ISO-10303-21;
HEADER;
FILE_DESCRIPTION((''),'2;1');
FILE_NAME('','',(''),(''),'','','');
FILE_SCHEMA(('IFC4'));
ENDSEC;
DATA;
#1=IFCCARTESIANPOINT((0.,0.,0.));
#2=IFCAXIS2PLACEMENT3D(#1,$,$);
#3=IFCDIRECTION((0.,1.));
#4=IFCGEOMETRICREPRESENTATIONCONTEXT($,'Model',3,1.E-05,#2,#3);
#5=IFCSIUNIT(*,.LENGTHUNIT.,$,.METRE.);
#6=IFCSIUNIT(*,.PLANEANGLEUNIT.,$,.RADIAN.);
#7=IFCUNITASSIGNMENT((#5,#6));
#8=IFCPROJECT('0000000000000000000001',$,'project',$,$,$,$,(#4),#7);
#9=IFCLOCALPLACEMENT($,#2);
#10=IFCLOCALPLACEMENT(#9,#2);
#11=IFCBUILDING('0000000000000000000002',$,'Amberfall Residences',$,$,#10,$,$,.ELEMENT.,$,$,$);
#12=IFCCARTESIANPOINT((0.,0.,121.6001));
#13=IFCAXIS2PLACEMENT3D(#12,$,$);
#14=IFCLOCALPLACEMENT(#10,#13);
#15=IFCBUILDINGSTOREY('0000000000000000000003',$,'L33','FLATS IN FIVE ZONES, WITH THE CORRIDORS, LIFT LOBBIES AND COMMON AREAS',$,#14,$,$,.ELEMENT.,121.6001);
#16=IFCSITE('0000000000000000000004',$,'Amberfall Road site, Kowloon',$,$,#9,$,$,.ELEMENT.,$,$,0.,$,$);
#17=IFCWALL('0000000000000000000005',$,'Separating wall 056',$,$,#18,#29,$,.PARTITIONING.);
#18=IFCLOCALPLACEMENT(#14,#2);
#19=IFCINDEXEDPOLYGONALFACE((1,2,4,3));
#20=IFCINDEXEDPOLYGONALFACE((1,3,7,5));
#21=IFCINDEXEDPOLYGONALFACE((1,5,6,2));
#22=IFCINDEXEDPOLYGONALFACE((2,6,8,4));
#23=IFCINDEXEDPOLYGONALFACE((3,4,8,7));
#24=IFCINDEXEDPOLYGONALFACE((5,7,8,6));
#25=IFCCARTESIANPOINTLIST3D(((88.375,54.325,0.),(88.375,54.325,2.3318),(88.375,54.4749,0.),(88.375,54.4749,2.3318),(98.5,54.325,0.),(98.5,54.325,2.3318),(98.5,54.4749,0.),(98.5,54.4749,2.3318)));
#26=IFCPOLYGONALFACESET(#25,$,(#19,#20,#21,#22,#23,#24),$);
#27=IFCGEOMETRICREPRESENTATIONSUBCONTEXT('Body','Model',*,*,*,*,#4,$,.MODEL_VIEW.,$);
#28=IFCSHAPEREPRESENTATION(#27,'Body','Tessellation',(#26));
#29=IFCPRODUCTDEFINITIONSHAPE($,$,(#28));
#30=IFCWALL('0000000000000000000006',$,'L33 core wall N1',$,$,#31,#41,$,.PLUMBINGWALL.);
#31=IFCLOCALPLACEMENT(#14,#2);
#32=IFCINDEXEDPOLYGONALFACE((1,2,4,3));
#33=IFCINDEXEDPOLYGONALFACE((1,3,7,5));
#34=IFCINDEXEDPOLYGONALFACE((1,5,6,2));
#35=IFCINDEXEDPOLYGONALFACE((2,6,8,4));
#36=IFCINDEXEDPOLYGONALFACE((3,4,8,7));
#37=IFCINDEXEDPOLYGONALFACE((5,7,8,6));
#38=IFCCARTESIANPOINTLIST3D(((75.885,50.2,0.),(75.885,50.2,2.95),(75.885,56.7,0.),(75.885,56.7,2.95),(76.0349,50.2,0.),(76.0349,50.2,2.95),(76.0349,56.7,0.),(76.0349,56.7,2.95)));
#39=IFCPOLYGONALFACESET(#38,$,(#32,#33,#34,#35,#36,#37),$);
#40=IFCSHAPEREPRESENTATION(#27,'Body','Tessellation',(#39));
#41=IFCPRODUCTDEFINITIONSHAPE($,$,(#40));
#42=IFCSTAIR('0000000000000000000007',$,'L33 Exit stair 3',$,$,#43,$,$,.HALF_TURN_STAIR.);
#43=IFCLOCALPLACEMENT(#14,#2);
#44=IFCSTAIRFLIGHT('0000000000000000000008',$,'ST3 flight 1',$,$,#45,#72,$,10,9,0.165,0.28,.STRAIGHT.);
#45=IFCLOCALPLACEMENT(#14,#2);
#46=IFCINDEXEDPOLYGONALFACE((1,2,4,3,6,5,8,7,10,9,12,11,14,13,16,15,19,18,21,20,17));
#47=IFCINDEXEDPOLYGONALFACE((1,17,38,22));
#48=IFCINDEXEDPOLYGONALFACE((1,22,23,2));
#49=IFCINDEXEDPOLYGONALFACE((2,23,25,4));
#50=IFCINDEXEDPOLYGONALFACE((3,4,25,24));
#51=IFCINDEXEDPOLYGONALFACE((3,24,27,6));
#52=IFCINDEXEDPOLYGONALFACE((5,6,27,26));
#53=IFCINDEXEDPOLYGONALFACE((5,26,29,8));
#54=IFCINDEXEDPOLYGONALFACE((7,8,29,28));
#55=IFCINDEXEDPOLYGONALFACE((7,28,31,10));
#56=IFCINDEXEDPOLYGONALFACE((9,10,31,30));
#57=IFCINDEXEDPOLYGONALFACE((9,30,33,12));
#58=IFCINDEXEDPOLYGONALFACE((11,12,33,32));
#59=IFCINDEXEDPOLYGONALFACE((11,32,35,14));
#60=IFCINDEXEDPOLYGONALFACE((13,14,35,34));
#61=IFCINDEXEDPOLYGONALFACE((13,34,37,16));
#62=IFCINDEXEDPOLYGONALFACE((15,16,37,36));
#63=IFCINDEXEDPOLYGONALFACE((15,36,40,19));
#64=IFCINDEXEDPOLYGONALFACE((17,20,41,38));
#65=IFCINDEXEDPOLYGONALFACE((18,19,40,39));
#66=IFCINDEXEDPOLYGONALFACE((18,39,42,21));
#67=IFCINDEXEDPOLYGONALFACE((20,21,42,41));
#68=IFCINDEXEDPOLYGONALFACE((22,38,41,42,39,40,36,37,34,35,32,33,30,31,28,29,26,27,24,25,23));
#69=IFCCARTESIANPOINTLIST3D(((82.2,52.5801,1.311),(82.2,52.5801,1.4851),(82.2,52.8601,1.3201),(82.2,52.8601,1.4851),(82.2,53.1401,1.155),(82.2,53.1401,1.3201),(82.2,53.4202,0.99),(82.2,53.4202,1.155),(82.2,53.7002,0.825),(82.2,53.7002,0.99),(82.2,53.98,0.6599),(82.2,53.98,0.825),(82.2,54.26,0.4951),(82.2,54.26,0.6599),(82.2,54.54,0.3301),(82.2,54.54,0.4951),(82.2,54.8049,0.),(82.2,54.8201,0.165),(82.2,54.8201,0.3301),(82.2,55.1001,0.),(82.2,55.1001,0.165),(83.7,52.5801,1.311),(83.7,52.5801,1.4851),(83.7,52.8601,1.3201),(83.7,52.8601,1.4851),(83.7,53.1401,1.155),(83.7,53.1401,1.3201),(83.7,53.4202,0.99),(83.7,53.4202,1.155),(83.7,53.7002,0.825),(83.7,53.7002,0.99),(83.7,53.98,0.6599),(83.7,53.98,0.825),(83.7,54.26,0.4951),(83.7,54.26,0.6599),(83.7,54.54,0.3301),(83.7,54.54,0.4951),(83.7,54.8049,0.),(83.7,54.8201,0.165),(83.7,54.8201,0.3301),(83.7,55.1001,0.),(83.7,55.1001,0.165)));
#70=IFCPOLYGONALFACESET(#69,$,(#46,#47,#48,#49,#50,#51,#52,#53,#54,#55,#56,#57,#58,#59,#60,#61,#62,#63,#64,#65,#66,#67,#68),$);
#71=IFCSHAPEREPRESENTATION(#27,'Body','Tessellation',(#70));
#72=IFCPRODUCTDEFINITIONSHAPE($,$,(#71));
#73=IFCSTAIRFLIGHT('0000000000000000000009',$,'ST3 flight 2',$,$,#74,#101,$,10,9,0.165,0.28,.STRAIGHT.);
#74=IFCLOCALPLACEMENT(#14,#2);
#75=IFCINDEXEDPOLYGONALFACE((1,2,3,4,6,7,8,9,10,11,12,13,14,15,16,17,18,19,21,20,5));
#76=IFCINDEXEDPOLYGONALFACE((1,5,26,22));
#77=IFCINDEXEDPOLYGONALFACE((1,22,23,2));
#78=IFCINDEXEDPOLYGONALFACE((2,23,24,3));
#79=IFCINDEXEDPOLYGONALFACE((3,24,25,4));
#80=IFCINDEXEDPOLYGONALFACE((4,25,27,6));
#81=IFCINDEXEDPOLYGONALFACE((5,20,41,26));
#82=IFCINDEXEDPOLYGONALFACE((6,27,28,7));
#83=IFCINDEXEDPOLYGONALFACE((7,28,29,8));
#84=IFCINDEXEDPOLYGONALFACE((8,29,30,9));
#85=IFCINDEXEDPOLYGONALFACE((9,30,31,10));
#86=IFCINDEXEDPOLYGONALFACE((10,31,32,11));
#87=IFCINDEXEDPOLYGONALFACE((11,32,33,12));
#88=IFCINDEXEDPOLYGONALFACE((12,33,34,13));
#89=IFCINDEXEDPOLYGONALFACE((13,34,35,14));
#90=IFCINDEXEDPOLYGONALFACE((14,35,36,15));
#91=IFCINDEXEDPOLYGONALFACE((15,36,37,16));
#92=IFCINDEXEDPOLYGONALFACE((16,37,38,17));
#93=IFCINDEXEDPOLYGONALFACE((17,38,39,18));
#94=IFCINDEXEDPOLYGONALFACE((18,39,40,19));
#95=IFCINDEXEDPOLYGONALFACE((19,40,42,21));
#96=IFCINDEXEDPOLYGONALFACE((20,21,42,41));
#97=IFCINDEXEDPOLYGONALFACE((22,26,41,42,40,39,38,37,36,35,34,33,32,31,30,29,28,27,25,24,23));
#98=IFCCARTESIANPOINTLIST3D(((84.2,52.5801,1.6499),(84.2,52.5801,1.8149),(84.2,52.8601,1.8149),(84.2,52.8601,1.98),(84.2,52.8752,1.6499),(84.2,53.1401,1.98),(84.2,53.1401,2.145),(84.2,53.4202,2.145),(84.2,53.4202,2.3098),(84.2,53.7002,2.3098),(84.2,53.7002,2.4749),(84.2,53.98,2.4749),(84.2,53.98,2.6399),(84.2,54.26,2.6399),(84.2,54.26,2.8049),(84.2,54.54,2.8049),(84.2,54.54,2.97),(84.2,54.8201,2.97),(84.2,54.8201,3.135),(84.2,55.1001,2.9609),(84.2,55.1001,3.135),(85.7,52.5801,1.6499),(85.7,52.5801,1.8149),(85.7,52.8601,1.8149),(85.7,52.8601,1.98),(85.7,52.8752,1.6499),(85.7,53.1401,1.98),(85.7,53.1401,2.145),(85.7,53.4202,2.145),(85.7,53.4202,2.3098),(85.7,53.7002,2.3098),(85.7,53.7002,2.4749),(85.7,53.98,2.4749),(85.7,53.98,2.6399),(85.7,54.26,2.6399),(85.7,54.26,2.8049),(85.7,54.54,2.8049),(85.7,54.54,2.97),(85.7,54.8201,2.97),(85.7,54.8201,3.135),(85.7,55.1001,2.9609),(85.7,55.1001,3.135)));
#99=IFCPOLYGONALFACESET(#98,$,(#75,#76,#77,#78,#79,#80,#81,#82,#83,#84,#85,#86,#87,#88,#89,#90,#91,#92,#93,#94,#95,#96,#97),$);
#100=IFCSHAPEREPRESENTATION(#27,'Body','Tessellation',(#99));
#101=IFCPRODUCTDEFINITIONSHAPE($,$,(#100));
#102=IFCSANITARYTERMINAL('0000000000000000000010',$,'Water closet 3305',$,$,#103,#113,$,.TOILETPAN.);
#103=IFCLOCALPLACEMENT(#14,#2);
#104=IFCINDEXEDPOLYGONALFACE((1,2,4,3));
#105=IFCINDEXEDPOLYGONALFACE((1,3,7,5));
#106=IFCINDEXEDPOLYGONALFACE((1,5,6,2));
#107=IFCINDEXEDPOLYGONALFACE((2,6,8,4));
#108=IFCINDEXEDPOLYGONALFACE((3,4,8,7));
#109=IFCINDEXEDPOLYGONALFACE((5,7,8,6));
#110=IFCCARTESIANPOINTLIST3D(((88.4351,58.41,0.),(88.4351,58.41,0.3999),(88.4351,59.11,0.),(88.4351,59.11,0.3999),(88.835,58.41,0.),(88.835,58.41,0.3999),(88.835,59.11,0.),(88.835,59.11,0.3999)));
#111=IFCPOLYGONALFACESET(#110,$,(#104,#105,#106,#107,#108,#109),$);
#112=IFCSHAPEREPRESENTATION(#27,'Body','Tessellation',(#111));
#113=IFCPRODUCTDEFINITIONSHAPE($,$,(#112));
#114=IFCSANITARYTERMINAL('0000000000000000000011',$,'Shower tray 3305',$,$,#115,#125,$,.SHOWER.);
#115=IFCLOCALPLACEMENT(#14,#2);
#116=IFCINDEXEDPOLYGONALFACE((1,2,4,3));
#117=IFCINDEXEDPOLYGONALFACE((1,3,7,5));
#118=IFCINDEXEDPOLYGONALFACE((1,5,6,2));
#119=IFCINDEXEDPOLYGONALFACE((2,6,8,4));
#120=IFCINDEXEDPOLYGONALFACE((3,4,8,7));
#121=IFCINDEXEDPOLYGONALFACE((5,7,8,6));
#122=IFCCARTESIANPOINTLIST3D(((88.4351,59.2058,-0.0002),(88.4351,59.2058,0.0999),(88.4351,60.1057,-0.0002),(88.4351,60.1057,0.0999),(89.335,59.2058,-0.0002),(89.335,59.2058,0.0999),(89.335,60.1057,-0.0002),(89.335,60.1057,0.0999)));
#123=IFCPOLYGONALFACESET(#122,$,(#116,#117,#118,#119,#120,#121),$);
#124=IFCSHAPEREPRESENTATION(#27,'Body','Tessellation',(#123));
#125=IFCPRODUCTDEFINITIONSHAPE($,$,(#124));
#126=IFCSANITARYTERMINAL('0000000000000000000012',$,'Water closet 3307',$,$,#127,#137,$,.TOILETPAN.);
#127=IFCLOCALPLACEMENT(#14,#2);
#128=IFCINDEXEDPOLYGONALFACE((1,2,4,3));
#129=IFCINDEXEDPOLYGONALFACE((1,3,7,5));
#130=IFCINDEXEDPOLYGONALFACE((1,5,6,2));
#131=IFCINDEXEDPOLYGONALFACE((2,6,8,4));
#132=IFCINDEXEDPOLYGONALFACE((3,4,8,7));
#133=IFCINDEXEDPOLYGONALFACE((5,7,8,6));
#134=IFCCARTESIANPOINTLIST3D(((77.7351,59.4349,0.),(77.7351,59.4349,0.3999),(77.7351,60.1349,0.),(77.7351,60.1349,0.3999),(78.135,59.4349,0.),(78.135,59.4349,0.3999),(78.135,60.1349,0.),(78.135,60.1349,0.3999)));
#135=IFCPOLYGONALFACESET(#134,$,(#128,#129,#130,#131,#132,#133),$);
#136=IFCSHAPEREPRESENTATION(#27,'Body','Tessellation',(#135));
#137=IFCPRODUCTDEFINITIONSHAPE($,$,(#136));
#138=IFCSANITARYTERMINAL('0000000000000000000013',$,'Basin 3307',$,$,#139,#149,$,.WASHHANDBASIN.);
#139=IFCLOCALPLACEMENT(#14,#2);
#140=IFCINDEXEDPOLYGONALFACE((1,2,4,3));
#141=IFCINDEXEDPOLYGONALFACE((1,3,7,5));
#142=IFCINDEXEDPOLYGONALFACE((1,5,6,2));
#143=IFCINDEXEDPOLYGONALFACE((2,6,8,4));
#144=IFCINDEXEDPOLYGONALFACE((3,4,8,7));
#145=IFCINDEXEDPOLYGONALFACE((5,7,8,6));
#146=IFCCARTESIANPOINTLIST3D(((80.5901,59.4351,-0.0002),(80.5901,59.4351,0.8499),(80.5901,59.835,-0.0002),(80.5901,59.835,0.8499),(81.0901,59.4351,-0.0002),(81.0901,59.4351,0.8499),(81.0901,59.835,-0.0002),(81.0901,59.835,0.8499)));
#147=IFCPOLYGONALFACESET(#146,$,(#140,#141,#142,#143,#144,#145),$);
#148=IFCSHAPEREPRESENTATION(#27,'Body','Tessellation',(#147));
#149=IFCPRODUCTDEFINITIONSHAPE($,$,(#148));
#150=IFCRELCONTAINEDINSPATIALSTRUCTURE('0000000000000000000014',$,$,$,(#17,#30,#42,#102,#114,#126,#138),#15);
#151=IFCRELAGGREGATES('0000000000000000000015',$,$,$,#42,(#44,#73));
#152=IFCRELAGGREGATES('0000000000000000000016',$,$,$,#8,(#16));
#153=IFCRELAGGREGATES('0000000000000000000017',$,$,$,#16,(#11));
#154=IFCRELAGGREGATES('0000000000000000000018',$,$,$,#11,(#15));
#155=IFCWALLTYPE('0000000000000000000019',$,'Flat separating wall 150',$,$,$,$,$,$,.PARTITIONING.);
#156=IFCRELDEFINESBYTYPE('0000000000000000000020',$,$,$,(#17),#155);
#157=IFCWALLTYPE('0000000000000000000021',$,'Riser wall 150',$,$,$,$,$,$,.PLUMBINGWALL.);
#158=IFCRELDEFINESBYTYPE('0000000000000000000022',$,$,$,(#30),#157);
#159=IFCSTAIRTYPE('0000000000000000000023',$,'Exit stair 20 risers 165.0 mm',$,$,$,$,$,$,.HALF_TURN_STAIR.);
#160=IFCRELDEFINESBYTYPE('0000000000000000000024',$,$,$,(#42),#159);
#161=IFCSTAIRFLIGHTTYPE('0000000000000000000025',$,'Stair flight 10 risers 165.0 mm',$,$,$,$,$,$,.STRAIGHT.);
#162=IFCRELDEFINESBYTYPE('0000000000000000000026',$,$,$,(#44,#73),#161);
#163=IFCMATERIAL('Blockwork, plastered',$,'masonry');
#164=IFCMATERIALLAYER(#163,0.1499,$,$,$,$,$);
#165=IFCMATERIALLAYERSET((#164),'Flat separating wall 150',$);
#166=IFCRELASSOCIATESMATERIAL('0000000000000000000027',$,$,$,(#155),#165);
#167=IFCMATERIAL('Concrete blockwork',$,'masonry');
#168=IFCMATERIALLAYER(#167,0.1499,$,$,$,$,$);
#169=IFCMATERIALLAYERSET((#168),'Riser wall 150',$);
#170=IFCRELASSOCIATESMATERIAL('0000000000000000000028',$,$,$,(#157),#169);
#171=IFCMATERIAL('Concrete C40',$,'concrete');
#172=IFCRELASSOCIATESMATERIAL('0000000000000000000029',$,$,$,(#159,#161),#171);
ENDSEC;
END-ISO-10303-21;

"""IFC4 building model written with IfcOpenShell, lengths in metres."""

from ifc_helpers import new_model, si_unit, direction, frame, frame_2d, origin, origin_2d, place, context, subcontext, project, spatial, polyline, rectangle, outline, extrude, material, layer, layer_set, type_object, element, aggregate, save


model = new_model("IFC4")

# Units and contexts
model_context = context("Model", 3, precision=1e-05, world=origin(), true_north=direction((0.0, 1.0)))
body_context = subcontext(model_context, "Body", "Model", "MODEL_VIEW")
ifc_project = project(units=[si_unit("LENGTHUNIT", "METRE"), si_unit("PLANEANGLEUNIT", "RADIAN")], contexts=[model_context])

# Site, building, storey
site_placement = place(None, origin())
site = spatial("IfcSite", under=ifc_project, at=site_placement, Name="Amberfall Road site, Kowloon", CompositionType="ELEMENT", RefElevation=0.0)
building_placement = place(site_placement, origin())
building = spatial("IfcBuilding", under=site, at=building_placement, Name="Amberfall Residences", CompositionType="ELEMENT")
storey_placement = place(building_placement, frame((0.0, 0.0, 121.6001)))
storey = spatial("IfcBuildingStorey", under=building, at=storey_placement, Name="L33", Description="FLATS IN FIVE ZONES, WITH THE CORRIDORS, LIFT LOBBIES AND COMMON AREAS", CompositionType="ELEMENT", Elevation=121.6001)

# Walls
ifc_material_1 = material(Name="Blockwork, plastered", Category="masonry")
ifc_layer_1 = layer(ifc_material_1, 0.1499)
ifc_layer_set_1 = layer_set([ifc_layer_1], Name="Flat separating wall 150")
wall_type_1 = type_object("IfcWallType", Name="Flat separating wall 150", PredefinedType="PARTITIONING", material=ifc_layer_set_1)
wall_1_placement = place(storey_placement, frame((88.375, 54.3999, 0.0), z_axis=(0.0, 0.0, 1.0), x_axis=(1.0, 0.0, 0.0)))
element("IfcWall", 1, at=wall_1_placement, inside=storey, type_object=wall_type_1, Name="Separating wall 056", PredefinedType="PARTITIONING", context=body_context, shape_type="SweptSolid", body=[
    extrude(rectangle(XDim=10.125, YDim=0.1499, at=frame_2d((5.0625, 0.0))), origin(), (0.0, 0.0, 1.0), 2.3318),
])
ifc_material_2 = material(Name="Concrete blockwork", Category="masonry")
ifc_layer_2 = layer(ifc_material_2, 0.1499)
ifc_layer_set_2 = layer_set([ifc_layer_2], Name="Riser wall 150")
wall_type_2 = type_object("IfcWallType", Name="Riser wall 150", PredefinedType="PLUMBINGWALL", material=ifc_layer_set_2)
wall_2_placement = place(storey_placement, frame((75.96, 50.2, 0.0), z_axis=(0.0, 0.0, 1.0), x_axis=(0.0, 1.0, 0.0)))
element("IfcWall", 2, at=wall_2_placement, inside=storey, type_object=wall_type_2, Name="L33 core wall N1", PredefinedType="PLUMBINGWALL", context=body_context, shape_type="SweptSolid", body=[
    extrude(rectangle(XDim=6.5, YDim=0.1499, at=frame_2d((3.25, 0.0))), origin(), (0.0, 0.0, 1.0), 2.95),
])

# Stair, stair flights
ifc_material_3 = material(Name="Concrete C40", Category="concrete")
stair_type = type_object("IfcStairType", Name="Exit stair 20 risers 165.0 mm", PredefinedType="HALF_TURN_STAIR", material=ifc_material_3)
stair_placement = place(storey_placement, origin())
stair = element("IfcStair", 3, at=stair_placement, inside=storey, type_object=stair_type, Name="L33 Exit stair 3", PredefinedType="HALF_TURN_STAIR")
stair_flight_type = type_object("IfcStairFlightType", Name="Stair flight 10 risers 165.0 mm", PredefinedType="STRAIGHT", material=ifc_material_3)
stair_flight_1_placement = place(storey_placement, frame((82.95, 55.1001, 0.0), z_axis=(0.0, 0.0, 1.0), x_axis=(0.0, -1.0, 0.0)))
stair_flight_1 = element("IfcStairFlight", 4, at=stair_flight_1_placement, type_object=stair_flight_type, Name="ST3 flight 1", NumberOfRisers=10, NumberOfTreads=9, PredefinedType="STRAIGHT", RiserHeight=0.165, TreadLength=0.28, context=body_context, shape_type="SweptSolid", body=[
    extrude(outline(polyline([(0.0, 0.0), (0.0, 0.165), (0.28, 0.165), (0.28, 0.3301), (0.5601, 0.3301), (0.5601, 0.4951), (0.8401, 0.4951), (0.8401, 0.6599), (1.1201, 0.6599), (1.1201, 0.825), (1.3999, 0.825), (1.3999, 0.99), (1.6799, 0.99), (1.6799, 1.155), (1.96, 1.155), (1.96, 1.3201), (2.24, 1.3201), (2.24, 1.4851), (2.52, 1.4851), (2.52, 1.6499), (2.52, 1.311), (0.2952, 0.0), (0.0, 0.0)])), frame((0.0, 0.75, 0.0), z_axis=(0.0, -1.0, 0.0), x_axis=(1.0, 0.0, 0.0)), (0.0, 0.0, 1.0), 1.5),
])
stair_flight_2_placement = place(storey_placement, frame((84.95, 52.5801, 1.6499), z_axis=(0.0, 0.0, 1.0), x_axis=(0.0, 1.0, 0.0)))
stair_flight_2 = element("IfcStairFlight", 5, at=stair_flight_2_placement, type_object=stair_flight_type, Name="ST3 flight 2", NumberOfRisers=10, NumberOfTreads=9, PredefinedType="STRAIGHT", RiserHeight=0.165, TreadLength=0.28, context=body_context, shape_type="SweptSolid", body=[
    extrude(outline(polyline([(0.0, 0.0), (0.0, 0.165), (0.28, 0.165), (0.28, 0.3301), (0.5601, 0.3301), (0.5601, 0.4951), (0.8401, 0.4951), (0.8401, 0.6599), (1.1201, 0.6599), (1.1201, 0.825), (1.3999, 0.825), (1.3999, 0.99), (1.6799, 0.99), (1.6799, 1.155), (1.96, 1.155), (1.96, 1.3201), (2.24, 1.3201), (2.24, 1.4851), (2.52, 1.4851), (2.52, 1.6499), (2.52, 1.311), (0.2952, 0.0), (0.0, 0.0)])), frame((0.0, 0.75, 0.0), z_axis=(0.0, -1.0, 0.0), x_axis=(1.0, 0.0, 0.0)), (0.0, 0.0, 1.0), 1.5),
])
aggregate(stair, [stair_flight_1, stair_flight_2])

# Sanitary terminals
sanitary_terminal_1_placement = place(storey_placement, frame((88.635, 58.76, 0.0), z_axis=(0.0, 0.0, 1.0), x_axis=(1.0, 0.0, 0.0)))
element("IfcSanitaryTerminal", 6, at=sanitary_terminal_1_placement, inside=storey, Name="Water closet 3305", PredefinedType="TOILETPAN", context=body_context, shape_type="SweptSolid", body=[
    extrude(rectangle(XDim=0.3999, YDim=0.7, at=origin_2d()), origin(), (0.0, 0.0, 1.0), 0.3999),
])
sanitary_terminal_2_placement = place(storey_placement, frame((88.885, 59.6558, -0.0002), z_axis=(0.0, 0.0, 1.0), x_axis=(1.0, 0.0, 0.0)))
element("IfcSanitaryTerminal", 7, at=sanitary_terminal_2_placement, inside=storey, Name="Shower tray 3305", PredefinedType="SHOWER", context=body_context, shape_type="SweptSolid", body=[
    extrude(rectangle(XDim=0.8999, YDim=0.8999, at=origin_2d()), origin(), (0.0, 0.0, 1.0), 0.1001),
])
sanitary_terminal_3_placement = place(storey_placement, frame((77.9351, 59.7849, 0.0), z_axis=(0.0, 0.0, 1.0), x_axis=(1.0, 0.0, 0.0)))
element("IfcSanitaryTerminal", 8, at=sanitary_terminal_3_placement, inside=storey, Name="Water closet 3307", PredefinedType="TOILETPAN", context=body_context, shape_type="SweptSolid", body=[
    extrude(rectangle(XDim=0.3999, YDim=0.7, at=origin_2d()), origin(), (0.0, 0.0, 1.0), 0.3999),
])
sanitary_terminal_4_placement = place(storey_placement, frame((80.8401, 59.635, -0.0002), z_axis=(0.0, 0.0, 1.0), x_axis=(1.0, 0.0, 0.0)))
element("IfcSanitaryTerminal", 9, at=sanitary_terminal_4_placement, inside=storey, Name="Basin 3307", PredefinedType="WASHHANDBASIN", context=body_context, shape_type="SweptSolid", body=[
    extrude(rectangle(XDim=0.5, YDim=0.3999, at=origin_2d()), origin(), (0.0, 0.0, 1.0), 0.8501),
])

save(model, "model.ifc")
